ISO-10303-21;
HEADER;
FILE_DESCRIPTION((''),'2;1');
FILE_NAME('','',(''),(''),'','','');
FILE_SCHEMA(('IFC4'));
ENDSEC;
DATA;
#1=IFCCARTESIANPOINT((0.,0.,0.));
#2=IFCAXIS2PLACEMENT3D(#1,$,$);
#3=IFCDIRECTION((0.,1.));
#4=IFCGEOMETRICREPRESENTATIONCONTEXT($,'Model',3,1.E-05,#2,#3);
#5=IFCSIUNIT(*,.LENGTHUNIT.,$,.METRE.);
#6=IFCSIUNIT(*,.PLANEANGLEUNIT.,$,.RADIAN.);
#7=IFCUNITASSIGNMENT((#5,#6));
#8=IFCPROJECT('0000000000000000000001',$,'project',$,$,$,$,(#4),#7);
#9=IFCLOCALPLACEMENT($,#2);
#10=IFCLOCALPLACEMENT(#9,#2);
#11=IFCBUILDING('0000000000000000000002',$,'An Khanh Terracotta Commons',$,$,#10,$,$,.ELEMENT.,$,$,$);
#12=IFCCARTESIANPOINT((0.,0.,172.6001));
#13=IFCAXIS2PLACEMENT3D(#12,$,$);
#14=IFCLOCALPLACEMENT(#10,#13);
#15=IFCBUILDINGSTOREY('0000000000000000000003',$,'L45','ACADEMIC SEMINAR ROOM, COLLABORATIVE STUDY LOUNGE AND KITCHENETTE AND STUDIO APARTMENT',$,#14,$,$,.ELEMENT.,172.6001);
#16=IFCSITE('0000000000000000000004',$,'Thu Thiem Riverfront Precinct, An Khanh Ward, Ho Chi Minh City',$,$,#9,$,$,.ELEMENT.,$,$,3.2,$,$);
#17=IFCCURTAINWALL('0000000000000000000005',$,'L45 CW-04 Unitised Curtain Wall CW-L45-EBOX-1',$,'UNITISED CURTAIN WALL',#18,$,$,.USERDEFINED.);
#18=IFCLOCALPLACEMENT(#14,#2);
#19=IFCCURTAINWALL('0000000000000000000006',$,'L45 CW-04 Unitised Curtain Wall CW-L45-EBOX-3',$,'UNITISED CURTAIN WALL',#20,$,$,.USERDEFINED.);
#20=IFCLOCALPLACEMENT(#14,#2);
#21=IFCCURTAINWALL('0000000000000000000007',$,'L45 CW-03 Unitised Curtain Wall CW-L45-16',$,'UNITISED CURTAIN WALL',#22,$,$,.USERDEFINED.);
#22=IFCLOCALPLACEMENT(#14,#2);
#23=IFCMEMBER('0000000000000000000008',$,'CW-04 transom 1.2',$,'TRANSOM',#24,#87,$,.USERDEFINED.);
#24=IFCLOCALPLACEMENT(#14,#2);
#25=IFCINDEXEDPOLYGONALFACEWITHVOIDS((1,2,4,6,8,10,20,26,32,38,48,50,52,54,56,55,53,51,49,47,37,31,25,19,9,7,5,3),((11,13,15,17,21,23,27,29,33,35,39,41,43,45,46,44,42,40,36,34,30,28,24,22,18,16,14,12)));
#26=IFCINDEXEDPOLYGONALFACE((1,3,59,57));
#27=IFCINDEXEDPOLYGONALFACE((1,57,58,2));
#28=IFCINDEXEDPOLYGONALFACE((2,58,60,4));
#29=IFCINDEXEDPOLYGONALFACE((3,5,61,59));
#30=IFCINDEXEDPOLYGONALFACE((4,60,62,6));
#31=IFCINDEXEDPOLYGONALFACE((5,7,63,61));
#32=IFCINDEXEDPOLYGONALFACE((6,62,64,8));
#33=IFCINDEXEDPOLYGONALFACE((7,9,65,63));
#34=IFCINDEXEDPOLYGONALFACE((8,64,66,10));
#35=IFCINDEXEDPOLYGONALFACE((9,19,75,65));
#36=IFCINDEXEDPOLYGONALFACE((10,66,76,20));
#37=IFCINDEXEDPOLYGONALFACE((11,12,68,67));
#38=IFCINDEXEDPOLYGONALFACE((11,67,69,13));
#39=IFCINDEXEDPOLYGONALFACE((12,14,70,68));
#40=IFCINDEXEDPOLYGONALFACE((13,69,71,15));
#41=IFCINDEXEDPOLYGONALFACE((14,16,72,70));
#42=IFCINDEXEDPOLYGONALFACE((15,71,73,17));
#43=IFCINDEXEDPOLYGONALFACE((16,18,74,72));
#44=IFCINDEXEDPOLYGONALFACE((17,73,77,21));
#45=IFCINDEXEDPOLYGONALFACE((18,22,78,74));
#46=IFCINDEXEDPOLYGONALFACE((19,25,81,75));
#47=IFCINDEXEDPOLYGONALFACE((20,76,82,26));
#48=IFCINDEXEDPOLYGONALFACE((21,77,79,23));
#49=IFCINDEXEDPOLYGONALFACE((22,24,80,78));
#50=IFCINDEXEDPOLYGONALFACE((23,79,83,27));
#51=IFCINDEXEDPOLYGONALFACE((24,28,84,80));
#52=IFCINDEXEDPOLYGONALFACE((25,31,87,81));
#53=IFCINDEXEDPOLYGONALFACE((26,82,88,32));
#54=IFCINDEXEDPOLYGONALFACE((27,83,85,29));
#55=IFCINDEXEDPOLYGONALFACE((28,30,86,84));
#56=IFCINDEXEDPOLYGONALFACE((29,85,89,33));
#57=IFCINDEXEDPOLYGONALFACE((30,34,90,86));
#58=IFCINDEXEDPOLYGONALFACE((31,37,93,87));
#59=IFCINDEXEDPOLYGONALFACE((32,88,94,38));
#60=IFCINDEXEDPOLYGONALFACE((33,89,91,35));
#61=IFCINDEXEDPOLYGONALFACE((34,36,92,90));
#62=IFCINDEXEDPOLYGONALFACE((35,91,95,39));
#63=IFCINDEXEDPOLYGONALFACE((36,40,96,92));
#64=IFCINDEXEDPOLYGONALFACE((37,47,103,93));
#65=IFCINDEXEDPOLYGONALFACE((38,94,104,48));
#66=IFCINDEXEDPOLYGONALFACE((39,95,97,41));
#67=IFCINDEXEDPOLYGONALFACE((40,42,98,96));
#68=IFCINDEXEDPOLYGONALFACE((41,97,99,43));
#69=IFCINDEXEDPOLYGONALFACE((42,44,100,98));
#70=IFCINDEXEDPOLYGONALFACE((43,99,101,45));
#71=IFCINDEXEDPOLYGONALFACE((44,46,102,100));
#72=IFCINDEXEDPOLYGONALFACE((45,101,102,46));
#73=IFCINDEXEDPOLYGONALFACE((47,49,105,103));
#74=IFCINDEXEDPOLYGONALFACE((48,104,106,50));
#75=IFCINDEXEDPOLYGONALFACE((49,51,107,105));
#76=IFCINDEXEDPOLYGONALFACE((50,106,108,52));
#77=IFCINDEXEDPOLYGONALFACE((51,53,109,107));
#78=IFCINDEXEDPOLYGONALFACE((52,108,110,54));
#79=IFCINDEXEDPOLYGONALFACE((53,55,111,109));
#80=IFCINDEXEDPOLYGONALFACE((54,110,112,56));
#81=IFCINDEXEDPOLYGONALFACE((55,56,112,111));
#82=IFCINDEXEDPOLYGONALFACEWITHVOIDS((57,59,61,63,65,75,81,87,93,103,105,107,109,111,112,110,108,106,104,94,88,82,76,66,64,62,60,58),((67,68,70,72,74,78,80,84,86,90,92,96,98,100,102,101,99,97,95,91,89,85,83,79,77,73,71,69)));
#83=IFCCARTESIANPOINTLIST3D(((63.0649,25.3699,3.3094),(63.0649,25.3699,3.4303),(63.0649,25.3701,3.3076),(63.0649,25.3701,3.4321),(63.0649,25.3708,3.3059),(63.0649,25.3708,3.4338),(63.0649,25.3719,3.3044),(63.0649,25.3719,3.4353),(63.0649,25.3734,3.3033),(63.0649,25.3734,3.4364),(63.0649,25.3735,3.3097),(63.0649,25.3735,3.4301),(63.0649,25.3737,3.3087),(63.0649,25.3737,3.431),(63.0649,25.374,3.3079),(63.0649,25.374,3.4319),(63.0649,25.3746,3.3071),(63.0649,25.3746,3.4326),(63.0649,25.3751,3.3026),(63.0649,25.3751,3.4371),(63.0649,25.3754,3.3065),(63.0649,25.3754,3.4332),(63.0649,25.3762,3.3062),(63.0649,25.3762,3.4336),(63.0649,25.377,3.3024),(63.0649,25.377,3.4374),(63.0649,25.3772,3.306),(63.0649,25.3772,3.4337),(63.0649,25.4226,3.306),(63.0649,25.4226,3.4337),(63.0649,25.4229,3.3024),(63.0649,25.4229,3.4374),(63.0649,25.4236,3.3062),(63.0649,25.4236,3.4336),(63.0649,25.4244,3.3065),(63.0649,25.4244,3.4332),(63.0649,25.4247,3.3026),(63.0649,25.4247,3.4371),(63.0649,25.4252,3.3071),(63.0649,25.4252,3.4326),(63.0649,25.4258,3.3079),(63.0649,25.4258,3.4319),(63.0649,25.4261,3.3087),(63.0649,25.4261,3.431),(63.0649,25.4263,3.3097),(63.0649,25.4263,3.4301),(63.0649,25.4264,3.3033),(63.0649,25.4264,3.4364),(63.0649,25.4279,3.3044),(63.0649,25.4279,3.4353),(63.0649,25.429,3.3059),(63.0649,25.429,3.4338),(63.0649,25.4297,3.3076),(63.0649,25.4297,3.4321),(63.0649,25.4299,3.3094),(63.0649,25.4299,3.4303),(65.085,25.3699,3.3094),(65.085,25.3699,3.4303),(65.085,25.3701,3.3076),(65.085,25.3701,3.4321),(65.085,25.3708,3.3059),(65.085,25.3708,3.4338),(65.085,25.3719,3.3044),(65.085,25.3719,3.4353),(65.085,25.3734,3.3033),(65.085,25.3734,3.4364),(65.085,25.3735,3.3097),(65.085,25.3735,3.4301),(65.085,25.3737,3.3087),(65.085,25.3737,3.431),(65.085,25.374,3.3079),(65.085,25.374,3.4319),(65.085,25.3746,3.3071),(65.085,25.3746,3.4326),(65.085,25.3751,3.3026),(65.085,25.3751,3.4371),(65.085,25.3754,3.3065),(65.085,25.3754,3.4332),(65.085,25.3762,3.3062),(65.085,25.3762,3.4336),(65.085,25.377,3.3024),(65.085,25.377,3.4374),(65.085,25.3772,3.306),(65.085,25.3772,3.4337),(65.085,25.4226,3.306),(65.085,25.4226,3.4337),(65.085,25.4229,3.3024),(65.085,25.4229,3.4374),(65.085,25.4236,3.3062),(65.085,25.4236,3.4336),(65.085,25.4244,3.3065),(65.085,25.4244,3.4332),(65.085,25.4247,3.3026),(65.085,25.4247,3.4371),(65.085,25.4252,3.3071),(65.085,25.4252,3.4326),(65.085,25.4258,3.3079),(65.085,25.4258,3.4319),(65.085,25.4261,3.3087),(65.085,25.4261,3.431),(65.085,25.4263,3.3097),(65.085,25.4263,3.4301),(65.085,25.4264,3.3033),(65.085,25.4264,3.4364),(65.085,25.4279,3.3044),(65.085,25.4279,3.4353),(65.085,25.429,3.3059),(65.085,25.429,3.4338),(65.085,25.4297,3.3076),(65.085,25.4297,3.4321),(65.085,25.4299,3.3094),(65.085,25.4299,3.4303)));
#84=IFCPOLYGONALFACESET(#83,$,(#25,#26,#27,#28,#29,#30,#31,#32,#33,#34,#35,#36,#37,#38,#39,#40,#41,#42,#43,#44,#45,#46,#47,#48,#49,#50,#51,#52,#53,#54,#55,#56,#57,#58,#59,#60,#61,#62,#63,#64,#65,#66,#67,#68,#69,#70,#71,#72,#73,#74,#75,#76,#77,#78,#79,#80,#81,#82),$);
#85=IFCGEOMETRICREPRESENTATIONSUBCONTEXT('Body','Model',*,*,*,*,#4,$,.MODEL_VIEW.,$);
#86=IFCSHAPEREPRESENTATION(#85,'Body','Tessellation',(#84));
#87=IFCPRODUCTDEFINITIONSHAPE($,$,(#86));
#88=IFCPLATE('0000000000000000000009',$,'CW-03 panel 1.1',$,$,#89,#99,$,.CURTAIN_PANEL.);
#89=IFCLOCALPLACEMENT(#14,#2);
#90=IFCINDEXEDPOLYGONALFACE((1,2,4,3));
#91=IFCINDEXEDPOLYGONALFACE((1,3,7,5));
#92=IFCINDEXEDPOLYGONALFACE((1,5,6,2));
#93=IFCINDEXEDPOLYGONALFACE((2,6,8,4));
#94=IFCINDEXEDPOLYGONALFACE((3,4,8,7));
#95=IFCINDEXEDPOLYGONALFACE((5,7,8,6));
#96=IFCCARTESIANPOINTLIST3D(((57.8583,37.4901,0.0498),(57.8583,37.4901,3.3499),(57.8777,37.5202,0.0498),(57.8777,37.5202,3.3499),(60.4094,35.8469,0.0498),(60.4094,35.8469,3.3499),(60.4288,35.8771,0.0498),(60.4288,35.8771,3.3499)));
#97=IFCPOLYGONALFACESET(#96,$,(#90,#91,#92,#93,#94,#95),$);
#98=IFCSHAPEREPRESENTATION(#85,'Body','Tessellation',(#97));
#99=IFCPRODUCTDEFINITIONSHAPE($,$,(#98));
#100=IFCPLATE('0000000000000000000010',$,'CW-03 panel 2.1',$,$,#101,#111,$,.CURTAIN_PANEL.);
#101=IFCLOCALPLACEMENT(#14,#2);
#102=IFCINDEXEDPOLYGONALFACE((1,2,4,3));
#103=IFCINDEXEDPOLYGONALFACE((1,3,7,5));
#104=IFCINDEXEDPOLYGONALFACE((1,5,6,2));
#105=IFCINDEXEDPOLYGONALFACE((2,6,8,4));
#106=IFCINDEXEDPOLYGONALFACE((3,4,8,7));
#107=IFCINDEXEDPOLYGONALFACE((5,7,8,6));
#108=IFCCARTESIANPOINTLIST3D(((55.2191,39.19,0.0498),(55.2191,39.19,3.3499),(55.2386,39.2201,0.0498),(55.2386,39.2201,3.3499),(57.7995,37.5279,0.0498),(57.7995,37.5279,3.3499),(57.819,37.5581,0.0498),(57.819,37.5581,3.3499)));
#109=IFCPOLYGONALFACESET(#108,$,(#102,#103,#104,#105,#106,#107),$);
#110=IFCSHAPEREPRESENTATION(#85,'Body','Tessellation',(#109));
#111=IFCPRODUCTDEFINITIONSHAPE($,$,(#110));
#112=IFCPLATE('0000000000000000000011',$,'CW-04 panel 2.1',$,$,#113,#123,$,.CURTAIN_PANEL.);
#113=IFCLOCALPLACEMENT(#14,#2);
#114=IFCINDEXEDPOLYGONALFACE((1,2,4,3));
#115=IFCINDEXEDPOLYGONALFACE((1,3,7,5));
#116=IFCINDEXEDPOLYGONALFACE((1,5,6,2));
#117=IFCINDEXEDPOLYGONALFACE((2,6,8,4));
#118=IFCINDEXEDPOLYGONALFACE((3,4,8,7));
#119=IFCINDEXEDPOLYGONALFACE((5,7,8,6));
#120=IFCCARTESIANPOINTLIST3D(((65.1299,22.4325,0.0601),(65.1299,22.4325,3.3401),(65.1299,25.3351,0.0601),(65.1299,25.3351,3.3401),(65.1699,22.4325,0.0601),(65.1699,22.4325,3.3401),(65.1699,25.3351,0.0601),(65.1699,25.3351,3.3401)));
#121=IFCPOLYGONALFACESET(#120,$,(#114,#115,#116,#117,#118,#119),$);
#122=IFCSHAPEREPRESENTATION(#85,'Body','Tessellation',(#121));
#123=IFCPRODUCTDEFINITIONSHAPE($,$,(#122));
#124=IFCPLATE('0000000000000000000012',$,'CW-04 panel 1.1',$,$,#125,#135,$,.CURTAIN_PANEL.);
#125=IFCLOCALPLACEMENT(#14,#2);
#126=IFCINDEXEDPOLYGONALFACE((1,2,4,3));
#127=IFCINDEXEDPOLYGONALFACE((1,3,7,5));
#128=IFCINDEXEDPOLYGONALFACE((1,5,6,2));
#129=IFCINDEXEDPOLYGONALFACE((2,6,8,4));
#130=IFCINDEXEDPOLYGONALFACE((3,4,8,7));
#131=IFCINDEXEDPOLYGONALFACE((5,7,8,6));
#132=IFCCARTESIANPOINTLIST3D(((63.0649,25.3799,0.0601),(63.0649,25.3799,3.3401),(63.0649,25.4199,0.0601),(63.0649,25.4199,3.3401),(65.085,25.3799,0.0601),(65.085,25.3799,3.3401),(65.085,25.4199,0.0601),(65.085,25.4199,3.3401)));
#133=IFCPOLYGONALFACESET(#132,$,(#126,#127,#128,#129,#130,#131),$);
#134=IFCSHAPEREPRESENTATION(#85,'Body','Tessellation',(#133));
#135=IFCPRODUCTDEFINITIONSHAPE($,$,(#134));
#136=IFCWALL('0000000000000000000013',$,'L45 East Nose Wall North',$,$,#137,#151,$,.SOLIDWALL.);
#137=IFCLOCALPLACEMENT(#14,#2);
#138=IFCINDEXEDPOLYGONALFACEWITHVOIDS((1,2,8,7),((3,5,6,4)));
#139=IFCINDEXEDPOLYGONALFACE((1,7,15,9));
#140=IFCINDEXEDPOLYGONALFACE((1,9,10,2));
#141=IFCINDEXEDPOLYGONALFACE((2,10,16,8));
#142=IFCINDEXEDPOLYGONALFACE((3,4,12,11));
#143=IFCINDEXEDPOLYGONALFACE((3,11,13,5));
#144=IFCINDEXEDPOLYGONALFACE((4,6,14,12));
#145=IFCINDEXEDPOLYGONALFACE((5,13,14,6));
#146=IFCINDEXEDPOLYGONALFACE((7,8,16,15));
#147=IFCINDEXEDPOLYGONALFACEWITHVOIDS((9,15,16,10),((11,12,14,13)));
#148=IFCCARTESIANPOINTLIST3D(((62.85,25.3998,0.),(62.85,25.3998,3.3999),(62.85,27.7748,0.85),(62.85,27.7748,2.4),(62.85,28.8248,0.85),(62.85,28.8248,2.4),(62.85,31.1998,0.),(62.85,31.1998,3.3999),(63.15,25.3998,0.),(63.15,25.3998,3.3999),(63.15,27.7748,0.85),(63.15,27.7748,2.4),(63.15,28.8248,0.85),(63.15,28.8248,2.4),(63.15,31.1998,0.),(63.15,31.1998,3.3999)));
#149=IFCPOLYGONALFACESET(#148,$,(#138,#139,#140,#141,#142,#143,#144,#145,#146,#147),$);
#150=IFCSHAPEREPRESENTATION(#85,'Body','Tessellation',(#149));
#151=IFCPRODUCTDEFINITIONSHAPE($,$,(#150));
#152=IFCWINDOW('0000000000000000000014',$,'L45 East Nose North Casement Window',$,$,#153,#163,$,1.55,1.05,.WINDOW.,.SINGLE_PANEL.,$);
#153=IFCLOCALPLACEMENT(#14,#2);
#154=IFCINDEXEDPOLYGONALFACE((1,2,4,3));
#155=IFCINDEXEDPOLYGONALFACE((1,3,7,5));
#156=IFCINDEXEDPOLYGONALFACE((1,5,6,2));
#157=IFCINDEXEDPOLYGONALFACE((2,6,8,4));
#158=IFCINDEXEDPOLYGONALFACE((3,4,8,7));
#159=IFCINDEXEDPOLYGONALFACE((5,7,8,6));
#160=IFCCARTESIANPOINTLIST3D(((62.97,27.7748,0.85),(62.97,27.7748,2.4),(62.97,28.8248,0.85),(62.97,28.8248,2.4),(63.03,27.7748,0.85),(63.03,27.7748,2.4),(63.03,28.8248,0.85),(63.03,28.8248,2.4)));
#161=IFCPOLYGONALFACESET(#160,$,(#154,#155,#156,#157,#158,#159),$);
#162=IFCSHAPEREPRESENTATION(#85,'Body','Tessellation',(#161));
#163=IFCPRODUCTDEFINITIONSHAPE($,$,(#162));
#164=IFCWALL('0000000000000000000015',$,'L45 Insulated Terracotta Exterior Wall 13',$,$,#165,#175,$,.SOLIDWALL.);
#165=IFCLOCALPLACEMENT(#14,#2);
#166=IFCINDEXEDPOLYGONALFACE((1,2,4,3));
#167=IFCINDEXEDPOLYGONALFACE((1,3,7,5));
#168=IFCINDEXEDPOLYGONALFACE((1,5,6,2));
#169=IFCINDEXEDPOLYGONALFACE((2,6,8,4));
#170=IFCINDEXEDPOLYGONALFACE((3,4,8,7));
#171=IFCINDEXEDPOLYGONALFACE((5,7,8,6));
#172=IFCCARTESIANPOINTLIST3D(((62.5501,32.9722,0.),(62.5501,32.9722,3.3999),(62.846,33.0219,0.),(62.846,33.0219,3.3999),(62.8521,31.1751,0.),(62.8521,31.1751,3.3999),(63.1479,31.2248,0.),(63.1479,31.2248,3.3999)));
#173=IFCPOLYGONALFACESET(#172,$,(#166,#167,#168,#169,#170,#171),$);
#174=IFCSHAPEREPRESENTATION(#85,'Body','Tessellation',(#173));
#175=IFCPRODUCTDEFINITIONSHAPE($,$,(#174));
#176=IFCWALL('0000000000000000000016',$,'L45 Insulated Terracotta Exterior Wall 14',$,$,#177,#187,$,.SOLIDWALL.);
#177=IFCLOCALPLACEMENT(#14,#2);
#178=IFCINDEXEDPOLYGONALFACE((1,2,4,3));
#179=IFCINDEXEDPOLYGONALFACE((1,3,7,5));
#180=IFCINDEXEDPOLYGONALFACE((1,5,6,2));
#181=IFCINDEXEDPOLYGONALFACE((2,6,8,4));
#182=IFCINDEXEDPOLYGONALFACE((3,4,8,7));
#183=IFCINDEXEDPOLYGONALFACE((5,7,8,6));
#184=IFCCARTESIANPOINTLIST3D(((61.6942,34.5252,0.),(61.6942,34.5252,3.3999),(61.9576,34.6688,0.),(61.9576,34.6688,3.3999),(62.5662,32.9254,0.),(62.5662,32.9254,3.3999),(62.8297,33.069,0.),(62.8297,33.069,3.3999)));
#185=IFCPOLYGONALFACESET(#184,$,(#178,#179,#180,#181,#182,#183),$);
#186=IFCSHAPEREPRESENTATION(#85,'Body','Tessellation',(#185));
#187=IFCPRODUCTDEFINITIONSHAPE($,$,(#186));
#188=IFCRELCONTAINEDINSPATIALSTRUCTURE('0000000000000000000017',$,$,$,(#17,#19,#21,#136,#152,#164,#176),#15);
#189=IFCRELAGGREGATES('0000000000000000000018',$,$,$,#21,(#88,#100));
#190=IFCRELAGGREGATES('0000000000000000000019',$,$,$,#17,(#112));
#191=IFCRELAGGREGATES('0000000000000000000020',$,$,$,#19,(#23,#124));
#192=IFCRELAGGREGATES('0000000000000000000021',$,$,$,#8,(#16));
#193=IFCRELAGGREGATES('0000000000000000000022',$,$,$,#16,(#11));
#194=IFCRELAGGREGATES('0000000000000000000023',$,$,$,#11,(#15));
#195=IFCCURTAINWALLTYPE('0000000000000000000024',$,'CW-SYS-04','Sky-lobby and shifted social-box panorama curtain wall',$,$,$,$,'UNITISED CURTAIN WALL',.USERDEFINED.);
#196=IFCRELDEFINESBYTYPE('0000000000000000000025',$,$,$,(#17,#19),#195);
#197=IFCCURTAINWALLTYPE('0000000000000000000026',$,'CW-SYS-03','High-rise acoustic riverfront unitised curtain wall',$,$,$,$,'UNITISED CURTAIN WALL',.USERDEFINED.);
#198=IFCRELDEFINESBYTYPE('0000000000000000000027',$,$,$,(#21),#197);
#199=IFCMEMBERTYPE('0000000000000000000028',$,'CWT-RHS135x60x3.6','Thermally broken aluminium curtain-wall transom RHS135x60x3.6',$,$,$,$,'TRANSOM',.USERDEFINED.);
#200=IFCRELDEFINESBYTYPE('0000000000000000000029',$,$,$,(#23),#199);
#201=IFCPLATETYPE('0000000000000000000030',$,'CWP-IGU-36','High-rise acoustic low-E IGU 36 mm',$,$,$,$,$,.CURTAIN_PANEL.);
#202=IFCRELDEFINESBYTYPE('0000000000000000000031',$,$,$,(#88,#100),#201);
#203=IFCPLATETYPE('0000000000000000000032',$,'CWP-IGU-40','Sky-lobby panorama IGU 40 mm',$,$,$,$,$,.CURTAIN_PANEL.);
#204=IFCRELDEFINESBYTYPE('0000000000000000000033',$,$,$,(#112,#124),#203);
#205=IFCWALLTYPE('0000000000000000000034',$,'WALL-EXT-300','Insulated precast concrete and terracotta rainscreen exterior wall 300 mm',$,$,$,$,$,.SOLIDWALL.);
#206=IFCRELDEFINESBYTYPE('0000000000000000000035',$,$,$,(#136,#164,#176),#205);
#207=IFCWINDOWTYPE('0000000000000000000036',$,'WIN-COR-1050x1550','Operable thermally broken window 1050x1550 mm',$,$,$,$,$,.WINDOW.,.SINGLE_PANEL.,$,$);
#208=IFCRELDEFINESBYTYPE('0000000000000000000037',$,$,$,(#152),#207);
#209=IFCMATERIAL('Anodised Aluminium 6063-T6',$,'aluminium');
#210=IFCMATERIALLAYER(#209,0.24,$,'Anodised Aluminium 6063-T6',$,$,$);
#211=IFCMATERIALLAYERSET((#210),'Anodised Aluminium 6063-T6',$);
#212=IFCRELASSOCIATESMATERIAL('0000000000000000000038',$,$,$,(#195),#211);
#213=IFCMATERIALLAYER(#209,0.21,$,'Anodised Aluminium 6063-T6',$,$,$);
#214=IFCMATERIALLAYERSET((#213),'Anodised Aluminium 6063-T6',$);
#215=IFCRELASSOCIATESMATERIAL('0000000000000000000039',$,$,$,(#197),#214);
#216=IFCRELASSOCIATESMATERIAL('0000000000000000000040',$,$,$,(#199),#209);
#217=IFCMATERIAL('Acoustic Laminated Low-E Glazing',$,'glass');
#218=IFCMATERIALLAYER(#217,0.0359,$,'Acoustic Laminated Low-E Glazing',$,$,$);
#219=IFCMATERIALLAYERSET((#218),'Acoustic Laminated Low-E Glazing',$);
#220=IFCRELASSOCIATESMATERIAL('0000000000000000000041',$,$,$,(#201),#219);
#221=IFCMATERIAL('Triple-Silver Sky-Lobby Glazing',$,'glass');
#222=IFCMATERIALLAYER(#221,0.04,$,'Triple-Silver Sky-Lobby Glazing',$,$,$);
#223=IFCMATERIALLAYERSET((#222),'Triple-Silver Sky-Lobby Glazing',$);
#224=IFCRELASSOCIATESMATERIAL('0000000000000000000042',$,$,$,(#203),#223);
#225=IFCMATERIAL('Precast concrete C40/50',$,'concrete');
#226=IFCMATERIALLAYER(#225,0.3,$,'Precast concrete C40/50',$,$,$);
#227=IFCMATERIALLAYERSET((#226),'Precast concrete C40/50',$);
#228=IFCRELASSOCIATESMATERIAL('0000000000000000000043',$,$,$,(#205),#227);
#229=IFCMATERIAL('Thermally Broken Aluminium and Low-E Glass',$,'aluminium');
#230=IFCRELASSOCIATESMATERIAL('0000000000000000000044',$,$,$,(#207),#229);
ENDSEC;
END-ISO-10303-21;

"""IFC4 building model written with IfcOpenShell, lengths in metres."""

from ifc_helpers import new_model, si_unit, direction, frame, frame_2d, origin, origin_2d, place, context, subcontext, project, spatial, rectangle, hollow_rectangle, extrude, material, layer, layer_set, material_profile, profile_set, type_object, element, fill, aggregate, save


model = new_model("IFC4")

# Units and contexts
model_context = context("Model", 3, precision=1e-05, world=origin(), true_north=direction((0.0, 1.0)))
body_context = subcontext(model_context, "Body", "Model", "MODEL_VIEW")
ifc_project = project(units=[si_unit("LENGTHUNIT", "METRE"), si_unit("PLANEANGLEUNIT", "RADIAN")], contexts=[model_context])

# Site, building, storey
site_placement = place(None, origin())
site = spatial("IfcSite", under=ifc_project, at=site_placement, Name="Thu Thiem Riverfront Precinct, An Khanh Ward, Ho Chi Minh City", CompositionType="ELEMENT", RefElevation=3.2)
building_placement = place(site_placement, origin())
building = spatial("IfcBuilding", under=site, at=building_placement, Name="An Khanh Terracotta Commons", CompositionType="ELEMENT")
storey_placement = place(building_placement, frame((0.0, 0.0, 172.6001)))
storey = spatial("IfcBuildingStorey", under=building, at=storey_placement, Name="L45", Description="ACADEMIC SEMINAR ROOM, COLLABORATIVE STUDY LOUNGE AND KITCHENETTE AND STUDIO APARTMENT", CompositionType="ELEMENT", Elevation=172.6001)

# Curtain wall
ifc_material_1 = material(Name="Anodised Aluminium 6063-T6", Category="aluminium")
ifc_layer_1 = layer(ifc_material_1, 0.24, Name="Anodised Aluminium 6063-T6")
ifc_layer_set_1 = layer_set([ifc_layer_1], Name="Anodised Aluminium 6063-T6")
curtain_wall_type_1 = type_object("IfcCurtainWallType", Name="CW-SYS-04", Description="Sky-lobby and shifted social-box panorama curtain wall", ElementType="UNITISED CURTAIN WALL", PredefinedType="USERDEFINED", material=ifc_layer_set_1)
curtain_wall_1_placement = place(storey_placement, origin())
curtain_wall_1 = element("IfcCurtainWall", 1, at=curtain_wall_1_placement, inside=storey, type_object=curtain_wall_type_1, Name="L45 CW-04 Unitised Curtain Wall CW-L45-EBOX-1", ObjectType="UNITISED CURTAIN WALL", PredefinedType="USERDEFINED")

# Curtain walls
curtain_wall_2_placement = place(storey_placement, origin())
curtain_wall_2 = element("IfcCurtainWall", 2, at=curtain_wall_2_placement, inside=storey, type_object=curtain_wall_type_1, Name="L45 CW-04 Unitised Curtain Wall CW-L45-EBOX-3", ObjectType="UNITISED CURTAIN WALL", PredefinedType="USERDEFINED")
ifc_layer_2 = layer(ifc_material_1, 0.21, Name="Anodised Aluminium 6063-T6")
ifc_layer_set_2 = layer_set([ifc_layer_2], Name="Anodised Aluminium 6063-T6")
curtain_wall_type_2 = type_object("IfcCurtainWallType", Name="CW-SYS-03", Description="High-rise acoustic riverfront unitised curtain wall", ElementType="UNITISED CURTAIN WALL", PredefinedType="USERDEFINED", material=ifc_layer_set_2)
curtain_wall_3_placement = place(storey_placement, origin())
curtain_wall_3 = element("IfcCurtainWall", 3, at=curtain_wall_3_placement, inside=storey, type_object=curtain_wall_type_2, Name="L45 CW-03 Unitised Curtain Wall CW-L45-16", ObjectType="UNITISED CURTAIN WALL", PredefinedType="USERDEFINED")

# Member
ifc_material_profile_1 = material_profile(ifc_material_1, hollow_rectangle(XDim=0.0601, YDim=0.135, WallThickness=0.0037, InnerFilletRadius=0.0037, OuterFilletRadius=0.0071, at=origin_2d()), Name="RHS135x60x3.6")
ifc_profile_set_1 = profile_set([ifc_material_profile_1], Name="Anodised Aluminium 6063-T6")
member_type_1 = type_object("IfcMemberType", Name="CWT-RHS135x60x3.6", Description="Thermally broken aluminium curtain-wall transom RHS135x60x3.6", ElementType="TRANSOM", PredefinedType="USERDEFINED", material=ifc_profile_set_1)
member_1_placement = place(storey_placement, frame((65.085, 25.3999, 3.3699), z_axis=(-1.0, 0.0, 0.0), x_axis=(0.0, -1.0, 0.0)))
member_1 = element("IfcMember", 4, at=member_1_placement, type_object=member_type_1, Name="CW-04 transom 1.2", ObjectType="TRANSOM", PredefinedType="USERDEFINED", context=body_context, shape_type="SweptSolid", body=[
    extrude(hollow_rectangle(XDim=0.0601, YDim=0.135, WallThickness=0.0037, InnerFilletRadius=0.0037, OuterFilletRadius=0.0071, at=origin_2d()), origin(), (0.0, 0.0, 1.0), 2.02),
])

# Plates
ifc_material_2 = material(Name="Acoustic Laminated Low-E Glazing", Category="glass")
ifc_layer_3 = layer(ifc_material_2, 0.0359, Name="Acoustic Laminated Low-E Glazing")
ifc_layer_set_3 = layer_set([ifc_layer_3], Name="Acoustic Laminated Low-E Glazing")
plate_type_1 = type_object("IfcPlateType", Name="CWP-IGU-36", Description="High-rise acoustic low-E IGU 36 mm", PredefinedType="CURTAIN_PANEL", material=ifc_layer_set_3)
plate_1_placement = place(storey_placement, frame((59.1436, 36.6836, 0.0498), z_axis=(0.0, 0.0, 1.0), x_axis=(-0.840702, 0.541498, 0.0)))
plate_1 = element("IfcPlate", 5, at=plate_1_placement, type_object=plate_type_1, Name="CW-03 panel 1.1", PredefinedType="CURTAIN_PANEL", context=body_context, shape_type="SweptSolid", body=[
    extrude(rectangle(XDim=3.0344, YDim=0.0359, at=origin_2d()), origin(), (0.0, 0.0, 1.0), 3.3),
])
plate_2_placement = place(storey_placement, frame((56.519, 38.374, 0.0498), z_axis=(0.0, 0.0, 1.0), x_axis=(-0.840702, 0.541498, 0.0)))
plate_2 = element("IfcPlate", 6, at=plate_2_placement, type_object=plate_type_1, Name="CW-03 panel 2.1", PredefinedType="CURTAIN_PANEL", context=body_context, shape_type="SweptSolid", body=[
    extrude(rectangle(XDim=3.0693, YDim=0.0359, at=origin_2d()), origin(), (0.0, 0.0, 1.0), 3.3),
])
aggregate(curtain_wall_3, [plate_1, plate_2])
ifc_material_3 = material(Name="Triple-Silver Sky-Lobby Glazing", Category="glass")
ifc_layer_4 = layer(ifc_material_3, 0.04, Name="Triple-Silver Sky-Lobby Glazing")
ifc_layer_set_4 = layer_set([ifc_layer_4], Name="Triple-Silver Sky-Lobby Glazing")
plate_type_2 = type_object("IfcPlateType", Name="CWP-IGU-40", Description="Sky-lobby panorama IGU 40 mm", PredefinedType="CURTAIN_PANEL", material=ifc_layer_set_4)
plate_3_placement = place(storey_placement, frame((65.1499, 23.8838, 0.0601), z_axis=(0.0, 0.0, 1.0), x_axis=(0.0, 1.0, 0.0)))
plate_3 = element("IfcPlate", 7, at=plate_3_placement, type_object=plate_type_2, Name="CW-04 panel 2.1", PredefinedType="CURTAIN_PANEL", context=body_context, shape_type="SweptSolid", body=[
    extrude(rectangle(XDim=2.9026, YDim=0.04, at=origin_2d()), origin(), (0.0, 0.0, 1.0), 3.28),
])
aggregate(curtain_wall_1, [plate_3])
plate_4_placement = place(storey_placement, frame((64.075, 25.3999, 0.0601), z_axis=(0.0, 0.0, 1.0), x_axis=(-1.0, 0.0, 0.0)))
plate_4 = element("IfcPlate", 8, at=plate_4_placement, type_object=plate_type_2, Name="CW-04 panel 1.1", PredefinedType="CURTAIN_PANEL", context=body_context, shape_type="SweptSolid", body=[
    extrude(rectangle(XDim=2.02, YDim=0.04, at=origin_2d()), origin(), (0.0, 0.0, 1.0), 3.28),
])
aggregate(curtain_wall_2, [member_1, plate_4])

# Wall, opening, window
ifc_material_4 = material(Name="Precast concrete C40/50", Category="concrete")
ifc_layer_5 = layer(ifc_material_4, 0.3, Name="Precast concrete C40/50")
ifc_layer_set_5 = layer_set([ifc_layer_5], Name="Precast concrete C40/50")
wall_type = type_object("IfcWallType", Name="WALL-EXT-300", Description="Insulated precast concrete and terracotta rainscreen exterior wall 300 mm", PredefinedType="SOLIDWALL", material=ifc_layer_set_5)
wall_1_placement = place(storey_placement, frame((63.0, 25.3999, 0.0), z_axis=(0.0, 0.0, 1.0), x_axis=(0.0, 1.0, 0.0)))
wall_1 = element("IfcWall", 9, at=wall_1_placement, inside=storey, type_object=wall_type, Name="L45 East Nose Wall North", PredefinedType="SOLIDWALL", context=body_context, shape_type="SweptSolid", body=[
    extrude(rectangle(XDim=5.8, YDim=0.3, at=frame_2d((2.8999, 0.0))), origin(), (0.0, 0.0, 1.0), 3.3999),
])
opening_placement = place(wall_1_placement, frame((2.375, 0.0, 0.8501)))
opening = element("IfcOpeningElement", 10, at=opening_placement, cuts=wall_1, PredefinedType="OPENING", context=body_context, shape_type="SweptSolid", body=[
    extrude(rectangle(XDim=1.05, YDim=1.55, at=frame_2d((0.5249, 0.7749))), frame((0.0, 0.1599, 0.0), z_axis=(0.0, -1.0, 0.0), x_axis=(1.0, 0.0, 0.0)), (0.0, 0.0, 1.0), 0.3201),
])
ifc_material_5 = material(Name="Thermally Broken Aluminium and Low-E Glass", Category="aluminium")
window_type = type_object("IfcWindowType", Name="WIN-COR-1050x1550", Description="Operable thermally broken window 1050x1550 mm", PartitioningType="SINGLE_PANEL", PredefinedType="WINDOW", material=ifc_material_5)
window_placement = place(opening_placement, origin())
window = element("IfcWindow", 11, at=window_placement, inside=storey, type_object=window_type, Name="L45 East Nose North Casement Window", OverallHeight=1.55, OverallWidth=1.05, PartitioningType="SINGLE_PANEL", PredefinedType="WINDOW", context=body_context, shape_type="SweptSolid", body=[
    extrude(rectangle(XDim=1.05, YDim=1.55, at=frame_2d((0.5249, 0.7749))), frame((0.0, 0.03, 0.0), z_axis=(0.0, -1.0, 0.0), x_axis=(1.0, 0.0, 0.0)), (0.0, 0.0, 1.0), 0.0601),
])
fill(opening, window)

# Walls
wall_2_placement = place(storey_placement, frame((63.0, 31.2, 0.0), z_axis=(0.0, 0.0, 1.0), x_axis=(-0.165724, 0.986172, 0.0)))
element("IfcWall", 12, at=wall_2_placement, inside=storey, type_object=wall_type, Name="L45 Insulated Terracotta Exterior Wall 13", PredefinedType="SOLIDWALL", context=body_context, shape_type="SweptSolid", body=[
    extrude(rectangle(XDim=1.8223, YDim=0.3, at=frame_2d((0.9111, 0.0))), origin(), (0.0, 0.0, 1.0), 3.3999),
])
wall_3_placement = place(storey_placement, frame((62.698, 32.9971, 0.0), z_axis=(0.0, 0.0, 1.0), x_axis=(-0.478608, 0.878029, 0.0)))
element("IfcWall", 13, at=wall_3_placement, inside=storey, type_object=wall_type, Name="L45 Insulated Terracotta Exterior Wall 14", PredefinedType="SOLIDWALL", context=body_context, shape_type="SweptSolid", body=[
    extrude(rectangle(XDim=1.822, YDim=0.3, at=frame_2d((0.9111, 0.0))), origin(), (0.0, 0.0, 1.0), 3.3999),
])

save(model, "model.ifc")
